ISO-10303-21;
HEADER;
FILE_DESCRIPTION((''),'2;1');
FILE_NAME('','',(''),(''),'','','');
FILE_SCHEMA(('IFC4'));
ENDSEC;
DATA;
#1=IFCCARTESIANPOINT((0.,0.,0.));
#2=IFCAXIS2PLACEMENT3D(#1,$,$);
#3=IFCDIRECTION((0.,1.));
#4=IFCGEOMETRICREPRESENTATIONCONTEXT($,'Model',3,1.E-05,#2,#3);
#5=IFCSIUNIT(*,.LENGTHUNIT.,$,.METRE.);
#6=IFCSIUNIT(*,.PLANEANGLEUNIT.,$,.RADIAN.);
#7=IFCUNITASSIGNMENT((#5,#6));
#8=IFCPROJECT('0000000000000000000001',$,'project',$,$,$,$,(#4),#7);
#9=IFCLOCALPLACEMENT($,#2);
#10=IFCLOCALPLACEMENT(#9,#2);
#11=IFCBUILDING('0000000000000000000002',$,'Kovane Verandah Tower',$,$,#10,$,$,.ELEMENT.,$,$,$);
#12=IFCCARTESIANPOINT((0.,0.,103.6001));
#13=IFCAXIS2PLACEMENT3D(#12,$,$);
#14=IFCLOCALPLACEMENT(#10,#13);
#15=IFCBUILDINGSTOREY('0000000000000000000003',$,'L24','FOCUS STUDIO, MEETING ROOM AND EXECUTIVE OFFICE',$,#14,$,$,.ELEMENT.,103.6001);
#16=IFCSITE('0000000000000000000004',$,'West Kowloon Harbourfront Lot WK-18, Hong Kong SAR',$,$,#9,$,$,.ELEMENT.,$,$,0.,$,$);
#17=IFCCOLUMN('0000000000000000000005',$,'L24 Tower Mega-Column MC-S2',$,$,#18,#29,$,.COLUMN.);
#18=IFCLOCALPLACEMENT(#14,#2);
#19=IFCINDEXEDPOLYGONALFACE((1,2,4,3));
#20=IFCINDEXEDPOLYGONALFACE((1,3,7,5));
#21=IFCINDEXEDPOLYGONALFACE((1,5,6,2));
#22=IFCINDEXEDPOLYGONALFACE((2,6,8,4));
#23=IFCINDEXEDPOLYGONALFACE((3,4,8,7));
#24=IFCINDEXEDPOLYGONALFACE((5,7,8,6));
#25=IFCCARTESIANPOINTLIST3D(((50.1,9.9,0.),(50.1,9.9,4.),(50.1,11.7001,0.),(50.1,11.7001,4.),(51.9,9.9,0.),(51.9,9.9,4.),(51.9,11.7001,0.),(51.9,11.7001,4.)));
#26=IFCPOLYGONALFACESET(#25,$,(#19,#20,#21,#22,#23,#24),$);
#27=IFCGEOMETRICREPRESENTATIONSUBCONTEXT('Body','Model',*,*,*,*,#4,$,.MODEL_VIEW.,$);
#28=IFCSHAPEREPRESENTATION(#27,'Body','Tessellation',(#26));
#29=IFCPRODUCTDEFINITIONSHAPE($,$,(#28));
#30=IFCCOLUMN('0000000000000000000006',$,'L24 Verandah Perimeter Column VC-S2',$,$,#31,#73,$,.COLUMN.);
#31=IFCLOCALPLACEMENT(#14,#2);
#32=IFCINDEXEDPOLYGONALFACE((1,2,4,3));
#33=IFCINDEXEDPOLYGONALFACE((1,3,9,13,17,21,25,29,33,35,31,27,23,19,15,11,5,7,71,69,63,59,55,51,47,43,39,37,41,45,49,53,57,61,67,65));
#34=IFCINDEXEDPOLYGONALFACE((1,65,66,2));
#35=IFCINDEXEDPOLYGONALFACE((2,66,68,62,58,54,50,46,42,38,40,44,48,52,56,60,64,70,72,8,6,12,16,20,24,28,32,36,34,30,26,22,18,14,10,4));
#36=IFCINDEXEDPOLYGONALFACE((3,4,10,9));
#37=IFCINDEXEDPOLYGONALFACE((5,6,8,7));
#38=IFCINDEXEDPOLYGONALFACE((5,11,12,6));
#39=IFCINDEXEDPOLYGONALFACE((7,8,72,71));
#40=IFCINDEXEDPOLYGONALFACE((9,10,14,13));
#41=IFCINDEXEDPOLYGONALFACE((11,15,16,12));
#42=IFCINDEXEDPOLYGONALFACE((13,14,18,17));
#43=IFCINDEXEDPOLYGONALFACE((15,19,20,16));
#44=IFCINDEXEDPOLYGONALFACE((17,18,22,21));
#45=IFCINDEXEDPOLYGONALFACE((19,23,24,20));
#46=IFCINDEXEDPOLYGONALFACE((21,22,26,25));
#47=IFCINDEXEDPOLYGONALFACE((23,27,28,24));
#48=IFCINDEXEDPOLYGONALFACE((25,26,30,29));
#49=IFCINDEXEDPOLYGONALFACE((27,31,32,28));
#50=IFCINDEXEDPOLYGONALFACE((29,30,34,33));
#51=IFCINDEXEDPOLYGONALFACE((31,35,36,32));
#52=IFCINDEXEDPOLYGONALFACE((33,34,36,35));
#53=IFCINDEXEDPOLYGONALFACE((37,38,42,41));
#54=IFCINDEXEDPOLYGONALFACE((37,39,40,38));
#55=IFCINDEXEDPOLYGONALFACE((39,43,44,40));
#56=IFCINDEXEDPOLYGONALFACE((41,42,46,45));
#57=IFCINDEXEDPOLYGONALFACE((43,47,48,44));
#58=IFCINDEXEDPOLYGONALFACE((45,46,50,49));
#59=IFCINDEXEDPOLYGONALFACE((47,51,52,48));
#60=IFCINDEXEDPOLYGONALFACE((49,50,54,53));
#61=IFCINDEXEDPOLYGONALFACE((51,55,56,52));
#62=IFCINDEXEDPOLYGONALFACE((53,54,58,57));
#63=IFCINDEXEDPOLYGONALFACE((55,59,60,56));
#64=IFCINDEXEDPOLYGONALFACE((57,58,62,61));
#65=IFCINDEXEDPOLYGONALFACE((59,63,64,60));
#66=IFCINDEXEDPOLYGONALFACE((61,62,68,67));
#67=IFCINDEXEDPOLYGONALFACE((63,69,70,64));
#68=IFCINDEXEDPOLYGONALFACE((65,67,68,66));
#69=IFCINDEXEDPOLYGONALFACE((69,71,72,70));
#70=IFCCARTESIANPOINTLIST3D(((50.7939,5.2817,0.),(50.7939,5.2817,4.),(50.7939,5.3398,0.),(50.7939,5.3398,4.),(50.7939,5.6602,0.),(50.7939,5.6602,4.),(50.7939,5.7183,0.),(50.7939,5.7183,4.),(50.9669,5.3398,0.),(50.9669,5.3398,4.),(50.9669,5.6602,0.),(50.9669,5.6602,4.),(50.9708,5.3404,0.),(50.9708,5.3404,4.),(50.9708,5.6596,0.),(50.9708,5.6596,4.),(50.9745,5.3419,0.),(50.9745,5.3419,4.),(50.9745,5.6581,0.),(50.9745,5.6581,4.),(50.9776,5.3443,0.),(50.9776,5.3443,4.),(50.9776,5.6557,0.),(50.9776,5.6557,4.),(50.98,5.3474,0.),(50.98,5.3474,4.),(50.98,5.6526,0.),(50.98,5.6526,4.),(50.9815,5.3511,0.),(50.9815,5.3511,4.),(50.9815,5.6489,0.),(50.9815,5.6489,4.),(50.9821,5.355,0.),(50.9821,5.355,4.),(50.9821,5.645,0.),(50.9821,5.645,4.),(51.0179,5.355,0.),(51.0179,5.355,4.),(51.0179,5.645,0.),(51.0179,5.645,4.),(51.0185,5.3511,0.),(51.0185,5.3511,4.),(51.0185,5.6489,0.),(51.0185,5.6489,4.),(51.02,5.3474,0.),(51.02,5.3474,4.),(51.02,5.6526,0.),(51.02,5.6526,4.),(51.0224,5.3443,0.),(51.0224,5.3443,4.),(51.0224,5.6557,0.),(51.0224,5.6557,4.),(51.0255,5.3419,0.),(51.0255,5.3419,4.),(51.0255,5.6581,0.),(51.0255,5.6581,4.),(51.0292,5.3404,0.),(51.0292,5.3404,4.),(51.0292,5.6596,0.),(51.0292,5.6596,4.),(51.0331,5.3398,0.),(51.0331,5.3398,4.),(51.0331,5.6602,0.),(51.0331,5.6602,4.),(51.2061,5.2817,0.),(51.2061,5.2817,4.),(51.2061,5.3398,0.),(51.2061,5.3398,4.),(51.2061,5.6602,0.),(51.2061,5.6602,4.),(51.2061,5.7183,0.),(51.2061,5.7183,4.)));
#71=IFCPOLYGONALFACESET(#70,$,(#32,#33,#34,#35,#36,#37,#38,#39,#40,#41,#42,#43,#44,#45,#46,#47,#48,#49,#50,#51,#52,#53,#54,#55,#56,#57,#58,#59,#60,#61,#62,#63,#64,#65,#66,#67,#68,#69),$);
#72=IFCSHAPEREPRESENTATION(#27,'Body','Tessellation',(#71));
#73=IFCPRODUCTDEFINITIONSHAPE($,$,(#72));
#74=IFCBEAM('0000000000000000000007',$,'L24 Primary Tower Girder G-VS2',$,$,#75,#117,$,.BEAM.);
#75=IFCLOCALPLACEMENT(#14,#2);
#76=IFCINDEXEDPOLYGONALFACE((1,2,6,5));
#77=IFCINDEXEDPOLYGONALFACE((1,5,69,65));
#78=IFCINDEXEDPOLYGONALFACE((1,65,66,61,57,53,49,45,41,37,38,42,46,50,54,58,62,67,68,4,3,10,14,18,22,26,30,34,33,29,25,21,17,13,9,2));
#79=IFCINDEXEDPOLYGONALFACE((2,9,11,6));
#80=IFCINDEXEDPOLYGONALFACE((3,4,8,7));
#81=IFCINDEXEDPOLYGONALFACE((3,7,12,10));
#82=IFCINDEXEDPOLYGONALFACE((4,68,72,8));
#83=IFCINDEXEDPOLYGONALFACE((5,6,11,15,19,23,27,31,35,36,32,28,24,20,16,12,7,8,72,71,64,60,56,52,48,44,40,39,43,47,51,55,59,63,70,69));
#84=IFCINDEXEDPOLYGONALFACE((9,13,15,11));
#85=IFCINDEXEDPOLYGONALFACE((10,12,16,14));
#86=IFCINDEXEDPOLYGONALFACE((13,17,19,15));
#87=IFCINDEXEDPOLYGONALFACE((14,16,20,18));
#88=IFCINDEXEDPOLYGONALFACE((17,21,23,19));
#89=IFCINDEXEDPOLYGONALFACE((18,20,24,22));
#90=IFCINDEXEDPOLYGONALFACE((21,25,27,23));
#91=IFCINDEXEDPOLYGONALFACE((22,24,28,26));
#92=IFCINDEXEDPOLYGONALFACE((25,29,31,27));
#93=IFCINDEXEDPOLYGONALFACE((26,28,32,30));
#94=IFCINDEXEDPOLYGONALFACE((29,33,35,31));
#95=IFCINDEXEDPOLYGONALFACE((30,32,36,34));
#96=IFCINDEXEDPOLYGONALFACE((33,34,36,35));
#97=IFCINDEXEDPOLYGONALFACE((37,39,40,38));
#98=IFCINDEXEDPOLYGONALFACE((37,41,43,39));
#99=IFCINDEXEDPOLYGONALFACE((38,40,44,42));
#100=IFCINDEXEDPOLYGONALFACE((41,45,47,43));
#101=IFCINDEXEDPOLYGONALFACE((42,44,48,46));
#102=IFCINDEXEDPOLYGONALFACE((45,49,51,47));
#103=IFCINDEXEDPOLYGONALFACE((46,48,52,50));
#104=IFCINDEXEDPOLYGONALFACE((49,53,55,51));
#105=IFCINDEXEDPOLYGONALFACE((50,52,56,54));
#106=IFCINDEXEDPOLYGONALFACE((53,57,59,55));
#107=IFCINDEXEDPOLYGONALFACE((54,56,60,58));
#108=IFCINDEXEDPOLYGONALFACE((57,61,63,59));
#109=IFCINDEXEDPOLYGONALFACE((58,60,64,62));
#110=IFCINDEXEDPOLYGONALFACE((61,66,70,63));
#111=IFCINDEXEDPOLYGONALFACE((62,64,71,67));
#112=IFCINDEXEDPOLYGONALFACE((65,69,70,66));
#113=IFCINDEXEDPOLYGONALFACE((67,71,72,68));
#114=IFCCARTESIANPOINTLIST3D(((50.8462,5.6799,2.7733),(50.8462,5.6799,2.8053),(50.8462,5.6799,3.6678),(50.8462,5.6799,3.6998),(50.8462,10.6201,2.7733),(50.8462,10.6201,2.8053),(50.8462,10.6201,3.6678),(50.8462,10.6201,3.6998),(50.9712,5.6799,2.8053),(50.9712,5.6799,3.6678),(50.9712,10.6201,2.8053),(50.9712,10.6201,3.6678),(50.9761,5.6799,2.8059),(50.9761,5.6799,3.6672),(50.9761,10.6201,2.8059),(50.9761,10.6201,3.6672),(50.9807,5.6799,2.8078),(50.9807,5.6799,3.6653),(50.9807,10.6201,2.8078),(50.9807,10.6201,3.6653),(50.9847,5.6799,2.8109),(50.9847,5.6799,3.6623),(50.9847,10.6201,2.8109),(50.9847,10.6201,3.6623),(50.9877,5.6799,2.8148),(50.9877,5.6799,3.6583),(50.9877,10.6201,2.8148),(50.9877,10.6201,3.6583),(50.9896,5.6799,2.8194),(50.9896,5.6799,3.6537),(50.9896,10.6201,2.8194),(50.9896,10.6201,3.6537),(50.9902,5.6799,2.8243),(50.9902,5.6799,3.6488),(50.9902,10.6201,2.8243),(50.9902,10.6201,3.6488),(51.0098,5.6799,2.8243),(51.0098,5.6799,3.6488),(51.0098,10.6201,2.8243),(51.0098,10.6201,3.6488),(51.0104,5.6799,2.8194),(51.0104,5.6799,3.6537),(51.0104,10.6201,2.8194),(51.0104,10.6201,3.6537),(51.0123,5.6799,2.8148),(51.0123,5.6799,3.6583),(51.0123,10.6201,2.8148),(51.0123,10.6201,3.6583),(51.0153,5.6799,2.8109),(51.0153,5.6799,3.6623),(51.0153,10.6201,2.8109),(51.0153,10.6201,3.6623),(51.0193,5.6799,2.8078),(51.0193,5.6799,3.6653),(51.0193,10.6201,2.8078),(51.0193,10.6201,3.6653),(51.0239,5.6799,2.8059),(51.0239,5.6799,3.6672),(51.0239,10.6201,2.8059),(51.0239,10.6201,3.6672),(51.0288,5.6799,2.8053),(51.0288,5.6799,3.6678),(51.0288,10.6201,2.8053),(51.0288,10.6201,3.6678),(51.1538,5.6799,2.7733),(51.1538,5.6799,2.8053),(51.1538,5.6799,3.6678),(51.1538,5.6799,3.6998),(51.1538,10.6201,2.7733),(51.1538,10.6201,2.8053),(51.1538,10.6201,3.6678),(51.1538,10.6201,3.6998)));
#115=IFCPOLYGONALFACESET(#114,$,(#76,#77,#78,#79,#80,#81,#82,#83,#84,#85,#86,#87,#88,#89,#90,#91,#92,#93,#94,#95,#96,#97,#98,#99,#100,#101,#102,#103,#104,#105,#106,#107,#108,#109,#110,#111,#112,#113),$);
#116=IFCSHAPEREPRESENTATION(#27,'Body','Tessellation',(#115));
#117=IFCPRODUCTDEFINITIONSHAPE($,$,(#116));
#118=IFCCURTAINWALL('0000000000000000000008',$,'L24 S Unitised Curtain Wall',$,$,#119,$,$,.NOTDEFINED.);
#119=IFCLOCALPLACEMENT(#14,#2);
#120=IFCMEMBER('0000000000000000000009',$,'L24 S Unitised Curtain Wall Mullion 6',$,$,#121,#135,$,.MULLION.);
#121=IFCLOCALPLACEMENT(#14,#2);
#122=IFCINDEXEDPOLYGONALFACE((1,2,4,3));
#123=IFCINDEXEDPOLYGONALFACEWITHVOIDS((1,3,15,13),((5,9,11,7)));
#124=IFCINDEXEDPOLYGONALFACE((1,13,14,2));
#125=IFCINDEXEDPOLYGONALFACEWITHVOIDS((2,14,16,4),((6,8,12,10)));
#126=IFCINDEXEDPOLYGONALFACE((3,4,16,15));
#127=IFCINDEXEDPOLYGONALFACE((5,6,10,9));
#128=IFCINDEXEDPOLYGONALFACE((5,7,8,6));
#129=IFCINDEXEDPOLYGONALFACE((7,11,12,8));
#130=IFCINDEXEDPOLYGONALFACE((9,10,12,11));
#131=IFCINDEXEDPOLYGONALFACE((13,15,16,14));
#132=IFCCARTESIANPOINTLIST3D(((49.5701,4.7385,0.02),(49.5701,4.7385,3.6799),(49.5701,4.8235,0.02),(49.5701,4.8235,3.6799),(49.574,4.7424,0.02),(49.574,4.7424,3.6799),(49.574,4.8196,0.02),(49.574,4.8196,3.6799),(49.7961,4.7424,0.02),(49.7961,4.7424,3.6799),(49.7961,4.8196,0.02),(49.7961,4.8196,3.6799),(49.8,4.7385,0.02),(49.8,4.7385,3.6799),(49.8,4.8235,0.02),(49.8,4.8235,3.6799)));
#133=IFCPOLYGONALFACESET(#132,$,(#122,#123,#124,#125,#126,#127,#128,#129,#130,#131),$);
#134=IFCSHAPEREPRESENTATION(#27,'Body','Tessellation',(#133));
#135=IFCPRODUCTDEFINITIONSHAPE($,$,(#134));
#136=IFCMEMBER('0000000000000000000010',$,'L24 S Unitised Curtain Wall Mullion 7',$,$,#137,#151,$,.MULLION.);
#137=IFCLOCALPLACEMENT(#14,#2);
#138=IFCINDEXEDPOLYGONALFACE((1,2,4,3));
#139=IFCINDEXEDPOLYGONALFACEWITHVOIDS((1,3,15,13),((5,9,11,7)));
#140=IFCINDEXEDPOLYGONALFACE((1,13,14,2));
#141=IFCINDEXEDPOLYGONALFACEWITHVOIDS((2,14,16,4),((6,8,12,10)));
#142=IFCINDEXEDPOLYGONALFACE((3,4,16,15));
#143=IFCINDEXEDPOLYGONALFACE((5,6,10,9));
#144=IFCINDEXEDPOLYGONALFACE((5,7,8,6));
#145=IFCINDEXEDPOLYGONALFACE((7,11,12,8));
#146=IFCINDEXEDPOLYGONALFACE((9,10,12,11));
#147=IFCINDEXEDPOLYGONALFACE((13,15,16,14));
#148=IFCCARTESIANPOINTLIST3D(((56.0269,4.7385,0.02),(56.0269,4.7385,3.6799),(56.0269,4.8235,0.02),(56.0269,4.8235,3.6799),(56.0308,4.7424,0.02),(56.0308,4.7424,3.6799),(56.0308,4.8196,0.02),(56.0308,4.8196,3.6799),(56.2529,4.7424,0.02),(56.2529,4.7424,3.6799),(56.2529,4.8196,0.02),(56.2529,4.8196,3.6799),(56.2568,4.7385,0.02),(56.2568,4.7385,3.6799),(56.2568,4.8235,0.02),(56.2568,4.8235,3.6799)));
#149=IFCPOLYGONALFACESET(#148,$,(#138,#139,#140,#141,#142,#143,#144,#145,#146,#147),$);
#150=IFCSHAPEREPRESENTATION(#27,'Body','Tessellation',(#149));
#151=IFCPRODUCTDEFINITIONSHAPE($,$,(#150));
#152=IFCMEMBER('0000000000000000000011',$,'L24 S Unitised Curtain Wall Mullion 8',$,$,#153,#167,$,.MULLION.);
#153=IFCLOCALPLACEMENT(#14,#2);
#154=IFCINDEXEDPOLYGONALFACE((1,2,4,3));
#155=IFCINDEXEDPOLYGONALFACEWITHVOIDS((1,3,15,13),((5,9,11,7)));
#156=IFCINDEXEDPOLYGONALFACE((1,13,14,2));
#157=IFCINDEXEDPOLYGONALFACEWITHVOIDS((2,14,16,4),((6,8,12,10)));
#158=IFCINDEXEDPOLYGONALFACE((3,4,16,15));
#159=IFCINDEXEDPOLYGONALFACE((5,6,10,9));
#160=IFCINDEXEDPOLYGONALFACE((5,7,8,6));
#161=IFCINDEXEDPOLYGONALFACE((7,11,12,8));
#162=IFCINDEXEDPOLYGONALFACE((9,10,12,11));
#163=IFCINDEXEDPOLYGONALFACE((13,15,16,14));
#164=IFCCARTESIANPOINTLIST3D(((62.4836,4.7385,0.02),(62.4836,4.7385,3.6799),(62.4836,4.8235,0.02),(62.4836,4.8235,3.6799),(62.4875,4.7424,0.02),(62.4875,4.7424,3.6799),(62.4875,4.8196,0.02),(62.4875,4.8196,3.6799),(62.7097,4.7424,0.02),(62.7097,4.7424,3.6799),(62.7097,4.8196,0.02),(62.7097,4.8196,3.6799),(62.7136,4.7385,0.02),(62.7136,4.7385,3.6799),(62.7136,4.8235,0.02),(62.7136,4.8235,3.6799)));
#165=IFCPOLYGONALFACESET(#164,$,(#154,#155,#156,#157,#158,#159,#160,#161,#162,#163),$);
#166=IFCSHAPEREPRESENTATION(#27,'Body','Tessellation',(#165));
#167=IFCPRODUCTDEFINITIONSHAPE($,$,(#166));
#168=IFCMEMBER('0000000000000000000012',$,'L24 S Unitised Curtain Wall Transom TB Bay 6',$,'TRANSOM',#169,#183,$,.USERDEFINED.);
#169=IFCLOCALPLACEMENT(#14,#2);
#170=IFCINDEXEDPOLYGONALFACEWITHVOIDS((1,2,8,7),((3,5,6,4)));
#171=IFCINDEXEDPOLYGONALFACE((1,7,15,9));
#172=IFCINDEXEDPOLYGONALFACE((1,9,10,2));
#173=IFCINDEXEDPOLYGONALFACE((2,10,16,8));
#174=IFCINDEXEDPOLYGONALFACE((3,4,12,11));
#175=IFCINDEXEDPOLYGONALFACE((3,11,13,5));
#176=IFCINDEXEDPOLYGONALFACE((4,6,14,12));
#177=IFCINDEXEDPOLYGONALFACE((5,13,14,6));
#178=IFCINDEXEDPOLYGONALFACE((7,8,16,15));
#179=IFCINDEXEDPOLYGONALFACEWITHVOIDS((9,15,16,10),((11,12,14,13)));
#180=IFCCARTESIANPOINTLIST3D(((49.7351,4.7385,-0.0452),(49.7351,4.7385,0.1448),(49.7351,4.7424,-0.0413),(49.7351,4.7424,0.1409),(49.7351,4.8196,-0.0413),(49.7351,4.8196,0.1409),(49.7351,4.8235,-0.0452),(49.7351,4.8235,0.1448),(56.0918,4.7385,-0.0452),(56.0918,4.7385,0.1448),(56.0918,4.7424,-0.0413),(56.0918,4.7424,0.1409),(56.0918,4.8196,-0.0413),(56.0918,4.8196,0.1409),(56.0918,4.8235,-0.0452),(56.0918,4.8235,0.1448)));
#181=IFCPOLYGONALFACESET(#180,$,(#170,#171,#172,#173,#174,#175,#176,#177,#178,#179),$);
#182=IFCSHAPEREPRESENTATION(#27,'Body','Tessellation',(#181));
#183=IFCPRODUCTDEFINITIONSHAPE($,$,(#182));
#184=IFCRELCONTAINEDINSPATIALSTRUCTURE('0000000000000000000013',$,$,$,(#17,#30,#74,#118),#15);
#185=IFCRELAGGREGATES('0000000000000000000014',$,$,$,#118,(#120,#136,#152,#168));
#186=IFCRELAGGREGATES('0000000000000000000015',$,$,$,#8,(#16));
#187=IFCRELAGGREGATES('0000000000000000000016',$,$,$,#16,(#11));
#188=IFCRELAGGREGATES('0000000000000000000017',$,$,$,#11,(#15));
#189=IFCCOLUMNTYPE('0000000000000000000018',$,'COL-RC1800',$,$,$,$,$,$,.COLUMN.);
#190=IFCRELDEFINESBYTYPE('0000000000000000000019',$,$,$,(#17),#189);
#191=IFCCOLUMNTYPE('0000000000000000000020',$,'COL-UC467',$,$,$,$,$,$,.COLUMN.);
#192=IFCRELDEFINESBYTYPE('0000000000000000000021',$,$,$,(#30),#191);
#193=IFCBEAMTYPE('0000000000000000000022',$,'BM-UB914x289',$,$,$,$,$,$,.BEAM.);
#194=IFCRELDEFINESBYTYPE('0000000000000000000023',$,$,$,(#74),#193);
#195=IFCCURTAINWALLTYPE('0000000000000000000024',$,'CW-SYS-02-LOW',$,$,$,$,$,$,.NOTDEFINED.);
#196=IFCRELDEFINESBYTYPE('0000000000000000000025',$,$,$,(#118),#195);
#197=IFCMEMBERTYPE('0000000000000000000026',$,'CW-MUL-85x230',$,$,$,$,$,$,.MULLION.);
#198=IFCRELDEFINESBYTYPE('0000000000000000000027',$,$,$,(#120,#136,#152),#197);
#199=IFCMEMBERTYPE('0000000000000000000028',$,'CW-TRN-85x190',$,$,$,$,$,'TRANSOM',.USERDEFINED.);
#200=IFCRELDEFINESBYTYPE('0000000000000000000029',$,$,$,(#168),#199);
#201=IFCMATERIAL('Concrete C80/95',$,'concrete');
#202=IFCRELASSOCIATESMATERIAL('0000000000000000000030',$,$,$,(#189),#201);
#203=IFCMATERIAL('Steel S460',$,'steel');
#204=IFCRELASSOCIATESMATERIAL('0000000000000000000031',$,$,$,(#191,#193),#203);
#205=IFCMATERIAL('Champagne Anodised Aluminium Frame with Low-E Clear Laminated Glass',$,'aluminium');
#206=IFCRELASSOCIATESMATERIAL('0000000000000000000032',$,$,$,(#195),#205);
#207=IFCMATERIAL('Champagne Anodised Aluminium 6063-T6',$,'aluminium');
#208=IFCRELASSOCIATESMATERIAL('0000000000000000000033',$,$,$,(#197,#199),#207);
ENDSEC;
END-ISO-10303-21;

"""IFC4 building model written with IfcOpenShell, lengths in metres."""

from ifc_helpers import new_model, si_unit, direction, frame, origin, origin_2d, place, context, subcontext, project, spatial, rectangle, hollow_rectangle, i_section, extrude, material, material_profile, profile_set, type_object, element, aggregate, save


model = new_model("IFC4")

# Units and contexts
model_context = context("Model", 3, precision=1e-05, world=origin(), true_north=direction((0.0, 1.0)))
body_context = subcontext(model_context, "Body", "Model", "MODEL_VIEW")
ifc_project = project(units=[si_unit("LENGTHUNIT", "METRE"), si_unit("PLANEANGLEUNIT", "RADIAN")], contexts=[model_context])

# Site, building, storey
site_placement = place(None, origin())
site = spatial("IfcSite", under=ifc_project, at=site_placement, Name="West Kowloon Harbourfront Lot WK-18, Hong Kong SAR", CompositionType="ELEMENT", RefElevation=0.0)
building_placement = place(site_placement, origin())
building = spatial("IfcBuilding", under=site, at=building_placement, Name="Kovane Verandah Tower", CompositionType="ELEMENT")
storey_placement = place(building_placement, frame((0.0, 0.0, 103.6001)))
storey = spatial("IfcBuildingStorey", under=building, at=storey_placement, Name="L24", Description="FOCUS STUDIO, MEETING ROOM AND EXECUTIVE OFFICE", CompositionType="ELEMENT", Elevation=103.6001)

# Columns
ifc_material_1 = material(Name="Concrete C80/95", Category="concrete")
ifc_material_profile_1 = material_profile(ifc_material_1, rectangle(XDim=1.8, YDim=1.8, at=origin_2d()), Name="RC1800x1800")
ifc_profile_set_1 = profile_set([ifc_material_profile_1], Name="Concrete C80/95")
column_type_1 = type_object("IfcColumnType", Name="COL-RC1800", PredefinedType="COLUMN", material=ifc_profile_set_1)
column_1_placement = place(storey_placement, frame((51.0, 10.8, 0.0), z_axis=(0.0, 0.0, 1.0), x_axis=(1.0, 0.0, 0.0)))
element("IfcColumn", 1, at=column_1_placement, inside=storey, type_object=column_type_1, Name="L24 Tower Mega-Column MC-S2", PredefinedType="COLUMN", context=body_context, shape_type="SweptSolid", body=[
    extrude(rectangle(XDim=1.8, YDim=1.8, at=origin_2d()), origin(), (0.0, 0.0, 1.0), 4.0),
])
ifc_material_2 = material(Name="Steel S460", Category="steel")
ifc_material_profile_2 = material_profile(ifc_material_2, i_section(OverallWidth=0.4121, OverallDepth=0.4365, WebThickness=0.0359, FlangeThickness=0.0581, FilletRadius=0.0151, at=origin_2d()), Name="UC356x406x467")
ifc_profile_set_2 = profile_set([ifc_material_profile_2], Name="Steel S460")
column_type_2 = type_object("IfcColumnType", Name="COL-UC467", PredefinedType="COLUMN", material=ifc_profile_set_2)
column_2_placement = place(storey_placement, frame((51.0, 5.5, 0.0), z_axis=(0.0, 0.0, 1.0), x_axis=(1.0, 0.0, 0.0)))
element("IfcColumn", 2, at=column_2_placement, inside=storey, type_object=column_type_2, Name="L24 Verandah Perimeter Column VC-S2", PredefinedType="COLUMN", context=body_context, shape_type="SweptSolid", body=[
    extrude(i_section(OverallWidth=0.4121, OverallDepth=0.4365, WebThickness=0.0359, FlangeThickness=0.0581, FilletRadius=0.0151, at=origin_2d()), origin(), (0.0, 0.0, 1.0), 4.0),
])

# Beam
ifc_material_profile_3 = material_profile(ifc_material_2, i_section(OverallWidth=0.3076, OverallDepth=0.9265, WebThickness=0.0195, FlangeThickness=0.032, FilletRadius=0.019, at=origin_2d()), Name="UB914x305x289")
ifc_profile_set_3 = profile_set([ifc_material_profile_3], Name="Steel S460")
beam_type = type_object("IfcBeamType", Name="BM-UB914x289", PredefinedType="BEAM", material=ifc_profile_set_3)
beam_placement = place(storey_placement, frame((51.0, 10.6201, 3.2366), z_axis=(0.0, -1.0, 0.0), x_axis=(1.0, 0.0, 0.0)))
element("IfcBeam", 3, at=beam_placement, inside=storey, type_object=beam_type, Name="L24 Primary Tower Girder G-VS2", PredefinedType="BEAM", context=body_context, shape_type="SweptSolid", body=[
    extrude(i_section(OverallWidth=0.3076, OverallDepth=0.9265, WebThickness=0.0195, FlangeThickness=0.032, FilletRadius=0.019, at=origin_2d()), origin(), (0.0, 0.0, 1.0), 4.9402),
])

# Curtain wall, members
ifc_material_3 = material(Name="Champagne Anodised Aluminium Frame with Low-E Clear Laminated Glass", Category="aluminium")
curtain_wall_type = type_object("IfcCurtainWallType", Name="CW-SYS-02-LOW", PredefinedType="NOTDEFINED", material=ifc_material_3)
curtain_wall_placement = place(storey_placement, origin())
curtain_wall = element("IfcCurtainWall", 4, at=curtain_wall_placement, inside=storey, type_object=curtain_wall_type, Name="L24 S Unitised Curtain Wall", PredefinedType="NOTDEFINED")
ifc_material_4 = material(Name="Champagne Anodised Aluminium 6063-T6", Category="aluminium")
ifc_material_profile_4 = material_profile(ifc_material_4, hollow_rectangle(XDim=0.085, YDim=0.23, WallThickness=0.0039, at=origin_2d()), Name="AL85x230x4")
ifc_profile_set_4 = profile_set([ifc_material_profile_4], Name="Champagne Anodised Aluminium 6063-T6")
member_type_1 = type_object("IfcMemberType", Name="CW-MUL-85x230", PredefinedType="MULLION", material=ifc_profile_set_4)
member_1_placement = place(storey_placement, frame((49.6851, 4.781, 0.02), z_axis=(0.0, 0.0, 1.0), x_axis=(0.0, -1.0, 0.0)))
member_1 = element("IfcMember", 5, at=member_1_placement, type_object=member_type_1, Name="L24 S Unitised Curtain Wall Mullion 6", PredefinedType="MULLION", context=body_context, shape_type="SweptSolid", body=[
    extrude(hollow_rectangle(XDim=0.085, YDim=0.23, WallThickness=0.0039, at=origin_2d()), origin(), (0.0, 0.0, 1.0), 3.6599),
])
member_2_placement = place(storey_placement, frame((56.1418, 4.781, 0.02), z_axis=(0.0, 0.0, 1.0), x_axis=(0.0, -1.0, 0.0)))
member_2 = element("IfcMember", 6, at=member_2_placement, type_object=member_type_1, Name="L24 S Unitised Curtain Wall Mullion 7", PredefinedType="MULLION", context=body_context, shape_type="SweptSolid", body=[
    extrude(hollow_rectangle(XDim=0.085, YDim=0.23, WallThickness=0.0039, at=origin_2d()), origin(), (0.0, 0.0, 1.0), 3.6599),
])
member_3_placement = place(storey_placement, frame((62.5986, 4.781, 0.02), z_axis=(0.0, 0.0, 1.0), x_axis=(0.0, -1.0, 0.0)))
member_3 = element("IfcMember", 7, at=member_3_placement, type_object=member_type_1, Name="L24 S Unitised Curtain Wall Mullion 8", PredefinedType="MULLION", context=body_context, shape_type="SweptSolid", body=[
    extrude(hollow_rectangle(XDim=0.085, YDim=0.23, WallThickness=0.0039, at=origin_2d()), origin(), (0.0, 0.0, 1.0), 3.6599),
])
ifc_material_profile_5 = material_profile(ifc_material_4, hollow_rectangle(XDim=0.085, YDim=0.1899, WallThickness=0.0039, at=origin_2d()), Name="AL85x190x4")
ifc_profile_set_5 = profile_set([ifc_material_profile_5], Name="Champagne Anodised Aluminium 6063-T6")
member_type_2 = type_object("IfcMemberType", Name="CW-TRN-85x190", ElementType="TRANSOM", PredefinedType="USERDEFINED", material=ifc_profile_set_5)
member_4_placement = place(storey_placement, frame((49.7351, 4.781, 0.0498), z_axis=(1.0, 0.0, 0.0), x_axis=(0.0, 1.0, 0.0)))
member_4 = element("IfcMember", 8, at=member_4_placement, type_object=member_type_2, Name="L24 S Unitised Curtain Wall Transom TB Bay 6", ObjectType="TRANSOM", PredefinedType="USERDEFINED", context=body_context, shape_type="SweptSolid", body=[
    extrude(hollow_rectangle(XDim=0.085, YDim=0.1899, WallThickness=0.0039, at=origin_2d()), origin(), (0.0, 0.0, 1.0), 6.3567),
])
aggregate(curtain_wall, [member_1, member_2, member_3, member_4])

save(model, "model.ifc")
